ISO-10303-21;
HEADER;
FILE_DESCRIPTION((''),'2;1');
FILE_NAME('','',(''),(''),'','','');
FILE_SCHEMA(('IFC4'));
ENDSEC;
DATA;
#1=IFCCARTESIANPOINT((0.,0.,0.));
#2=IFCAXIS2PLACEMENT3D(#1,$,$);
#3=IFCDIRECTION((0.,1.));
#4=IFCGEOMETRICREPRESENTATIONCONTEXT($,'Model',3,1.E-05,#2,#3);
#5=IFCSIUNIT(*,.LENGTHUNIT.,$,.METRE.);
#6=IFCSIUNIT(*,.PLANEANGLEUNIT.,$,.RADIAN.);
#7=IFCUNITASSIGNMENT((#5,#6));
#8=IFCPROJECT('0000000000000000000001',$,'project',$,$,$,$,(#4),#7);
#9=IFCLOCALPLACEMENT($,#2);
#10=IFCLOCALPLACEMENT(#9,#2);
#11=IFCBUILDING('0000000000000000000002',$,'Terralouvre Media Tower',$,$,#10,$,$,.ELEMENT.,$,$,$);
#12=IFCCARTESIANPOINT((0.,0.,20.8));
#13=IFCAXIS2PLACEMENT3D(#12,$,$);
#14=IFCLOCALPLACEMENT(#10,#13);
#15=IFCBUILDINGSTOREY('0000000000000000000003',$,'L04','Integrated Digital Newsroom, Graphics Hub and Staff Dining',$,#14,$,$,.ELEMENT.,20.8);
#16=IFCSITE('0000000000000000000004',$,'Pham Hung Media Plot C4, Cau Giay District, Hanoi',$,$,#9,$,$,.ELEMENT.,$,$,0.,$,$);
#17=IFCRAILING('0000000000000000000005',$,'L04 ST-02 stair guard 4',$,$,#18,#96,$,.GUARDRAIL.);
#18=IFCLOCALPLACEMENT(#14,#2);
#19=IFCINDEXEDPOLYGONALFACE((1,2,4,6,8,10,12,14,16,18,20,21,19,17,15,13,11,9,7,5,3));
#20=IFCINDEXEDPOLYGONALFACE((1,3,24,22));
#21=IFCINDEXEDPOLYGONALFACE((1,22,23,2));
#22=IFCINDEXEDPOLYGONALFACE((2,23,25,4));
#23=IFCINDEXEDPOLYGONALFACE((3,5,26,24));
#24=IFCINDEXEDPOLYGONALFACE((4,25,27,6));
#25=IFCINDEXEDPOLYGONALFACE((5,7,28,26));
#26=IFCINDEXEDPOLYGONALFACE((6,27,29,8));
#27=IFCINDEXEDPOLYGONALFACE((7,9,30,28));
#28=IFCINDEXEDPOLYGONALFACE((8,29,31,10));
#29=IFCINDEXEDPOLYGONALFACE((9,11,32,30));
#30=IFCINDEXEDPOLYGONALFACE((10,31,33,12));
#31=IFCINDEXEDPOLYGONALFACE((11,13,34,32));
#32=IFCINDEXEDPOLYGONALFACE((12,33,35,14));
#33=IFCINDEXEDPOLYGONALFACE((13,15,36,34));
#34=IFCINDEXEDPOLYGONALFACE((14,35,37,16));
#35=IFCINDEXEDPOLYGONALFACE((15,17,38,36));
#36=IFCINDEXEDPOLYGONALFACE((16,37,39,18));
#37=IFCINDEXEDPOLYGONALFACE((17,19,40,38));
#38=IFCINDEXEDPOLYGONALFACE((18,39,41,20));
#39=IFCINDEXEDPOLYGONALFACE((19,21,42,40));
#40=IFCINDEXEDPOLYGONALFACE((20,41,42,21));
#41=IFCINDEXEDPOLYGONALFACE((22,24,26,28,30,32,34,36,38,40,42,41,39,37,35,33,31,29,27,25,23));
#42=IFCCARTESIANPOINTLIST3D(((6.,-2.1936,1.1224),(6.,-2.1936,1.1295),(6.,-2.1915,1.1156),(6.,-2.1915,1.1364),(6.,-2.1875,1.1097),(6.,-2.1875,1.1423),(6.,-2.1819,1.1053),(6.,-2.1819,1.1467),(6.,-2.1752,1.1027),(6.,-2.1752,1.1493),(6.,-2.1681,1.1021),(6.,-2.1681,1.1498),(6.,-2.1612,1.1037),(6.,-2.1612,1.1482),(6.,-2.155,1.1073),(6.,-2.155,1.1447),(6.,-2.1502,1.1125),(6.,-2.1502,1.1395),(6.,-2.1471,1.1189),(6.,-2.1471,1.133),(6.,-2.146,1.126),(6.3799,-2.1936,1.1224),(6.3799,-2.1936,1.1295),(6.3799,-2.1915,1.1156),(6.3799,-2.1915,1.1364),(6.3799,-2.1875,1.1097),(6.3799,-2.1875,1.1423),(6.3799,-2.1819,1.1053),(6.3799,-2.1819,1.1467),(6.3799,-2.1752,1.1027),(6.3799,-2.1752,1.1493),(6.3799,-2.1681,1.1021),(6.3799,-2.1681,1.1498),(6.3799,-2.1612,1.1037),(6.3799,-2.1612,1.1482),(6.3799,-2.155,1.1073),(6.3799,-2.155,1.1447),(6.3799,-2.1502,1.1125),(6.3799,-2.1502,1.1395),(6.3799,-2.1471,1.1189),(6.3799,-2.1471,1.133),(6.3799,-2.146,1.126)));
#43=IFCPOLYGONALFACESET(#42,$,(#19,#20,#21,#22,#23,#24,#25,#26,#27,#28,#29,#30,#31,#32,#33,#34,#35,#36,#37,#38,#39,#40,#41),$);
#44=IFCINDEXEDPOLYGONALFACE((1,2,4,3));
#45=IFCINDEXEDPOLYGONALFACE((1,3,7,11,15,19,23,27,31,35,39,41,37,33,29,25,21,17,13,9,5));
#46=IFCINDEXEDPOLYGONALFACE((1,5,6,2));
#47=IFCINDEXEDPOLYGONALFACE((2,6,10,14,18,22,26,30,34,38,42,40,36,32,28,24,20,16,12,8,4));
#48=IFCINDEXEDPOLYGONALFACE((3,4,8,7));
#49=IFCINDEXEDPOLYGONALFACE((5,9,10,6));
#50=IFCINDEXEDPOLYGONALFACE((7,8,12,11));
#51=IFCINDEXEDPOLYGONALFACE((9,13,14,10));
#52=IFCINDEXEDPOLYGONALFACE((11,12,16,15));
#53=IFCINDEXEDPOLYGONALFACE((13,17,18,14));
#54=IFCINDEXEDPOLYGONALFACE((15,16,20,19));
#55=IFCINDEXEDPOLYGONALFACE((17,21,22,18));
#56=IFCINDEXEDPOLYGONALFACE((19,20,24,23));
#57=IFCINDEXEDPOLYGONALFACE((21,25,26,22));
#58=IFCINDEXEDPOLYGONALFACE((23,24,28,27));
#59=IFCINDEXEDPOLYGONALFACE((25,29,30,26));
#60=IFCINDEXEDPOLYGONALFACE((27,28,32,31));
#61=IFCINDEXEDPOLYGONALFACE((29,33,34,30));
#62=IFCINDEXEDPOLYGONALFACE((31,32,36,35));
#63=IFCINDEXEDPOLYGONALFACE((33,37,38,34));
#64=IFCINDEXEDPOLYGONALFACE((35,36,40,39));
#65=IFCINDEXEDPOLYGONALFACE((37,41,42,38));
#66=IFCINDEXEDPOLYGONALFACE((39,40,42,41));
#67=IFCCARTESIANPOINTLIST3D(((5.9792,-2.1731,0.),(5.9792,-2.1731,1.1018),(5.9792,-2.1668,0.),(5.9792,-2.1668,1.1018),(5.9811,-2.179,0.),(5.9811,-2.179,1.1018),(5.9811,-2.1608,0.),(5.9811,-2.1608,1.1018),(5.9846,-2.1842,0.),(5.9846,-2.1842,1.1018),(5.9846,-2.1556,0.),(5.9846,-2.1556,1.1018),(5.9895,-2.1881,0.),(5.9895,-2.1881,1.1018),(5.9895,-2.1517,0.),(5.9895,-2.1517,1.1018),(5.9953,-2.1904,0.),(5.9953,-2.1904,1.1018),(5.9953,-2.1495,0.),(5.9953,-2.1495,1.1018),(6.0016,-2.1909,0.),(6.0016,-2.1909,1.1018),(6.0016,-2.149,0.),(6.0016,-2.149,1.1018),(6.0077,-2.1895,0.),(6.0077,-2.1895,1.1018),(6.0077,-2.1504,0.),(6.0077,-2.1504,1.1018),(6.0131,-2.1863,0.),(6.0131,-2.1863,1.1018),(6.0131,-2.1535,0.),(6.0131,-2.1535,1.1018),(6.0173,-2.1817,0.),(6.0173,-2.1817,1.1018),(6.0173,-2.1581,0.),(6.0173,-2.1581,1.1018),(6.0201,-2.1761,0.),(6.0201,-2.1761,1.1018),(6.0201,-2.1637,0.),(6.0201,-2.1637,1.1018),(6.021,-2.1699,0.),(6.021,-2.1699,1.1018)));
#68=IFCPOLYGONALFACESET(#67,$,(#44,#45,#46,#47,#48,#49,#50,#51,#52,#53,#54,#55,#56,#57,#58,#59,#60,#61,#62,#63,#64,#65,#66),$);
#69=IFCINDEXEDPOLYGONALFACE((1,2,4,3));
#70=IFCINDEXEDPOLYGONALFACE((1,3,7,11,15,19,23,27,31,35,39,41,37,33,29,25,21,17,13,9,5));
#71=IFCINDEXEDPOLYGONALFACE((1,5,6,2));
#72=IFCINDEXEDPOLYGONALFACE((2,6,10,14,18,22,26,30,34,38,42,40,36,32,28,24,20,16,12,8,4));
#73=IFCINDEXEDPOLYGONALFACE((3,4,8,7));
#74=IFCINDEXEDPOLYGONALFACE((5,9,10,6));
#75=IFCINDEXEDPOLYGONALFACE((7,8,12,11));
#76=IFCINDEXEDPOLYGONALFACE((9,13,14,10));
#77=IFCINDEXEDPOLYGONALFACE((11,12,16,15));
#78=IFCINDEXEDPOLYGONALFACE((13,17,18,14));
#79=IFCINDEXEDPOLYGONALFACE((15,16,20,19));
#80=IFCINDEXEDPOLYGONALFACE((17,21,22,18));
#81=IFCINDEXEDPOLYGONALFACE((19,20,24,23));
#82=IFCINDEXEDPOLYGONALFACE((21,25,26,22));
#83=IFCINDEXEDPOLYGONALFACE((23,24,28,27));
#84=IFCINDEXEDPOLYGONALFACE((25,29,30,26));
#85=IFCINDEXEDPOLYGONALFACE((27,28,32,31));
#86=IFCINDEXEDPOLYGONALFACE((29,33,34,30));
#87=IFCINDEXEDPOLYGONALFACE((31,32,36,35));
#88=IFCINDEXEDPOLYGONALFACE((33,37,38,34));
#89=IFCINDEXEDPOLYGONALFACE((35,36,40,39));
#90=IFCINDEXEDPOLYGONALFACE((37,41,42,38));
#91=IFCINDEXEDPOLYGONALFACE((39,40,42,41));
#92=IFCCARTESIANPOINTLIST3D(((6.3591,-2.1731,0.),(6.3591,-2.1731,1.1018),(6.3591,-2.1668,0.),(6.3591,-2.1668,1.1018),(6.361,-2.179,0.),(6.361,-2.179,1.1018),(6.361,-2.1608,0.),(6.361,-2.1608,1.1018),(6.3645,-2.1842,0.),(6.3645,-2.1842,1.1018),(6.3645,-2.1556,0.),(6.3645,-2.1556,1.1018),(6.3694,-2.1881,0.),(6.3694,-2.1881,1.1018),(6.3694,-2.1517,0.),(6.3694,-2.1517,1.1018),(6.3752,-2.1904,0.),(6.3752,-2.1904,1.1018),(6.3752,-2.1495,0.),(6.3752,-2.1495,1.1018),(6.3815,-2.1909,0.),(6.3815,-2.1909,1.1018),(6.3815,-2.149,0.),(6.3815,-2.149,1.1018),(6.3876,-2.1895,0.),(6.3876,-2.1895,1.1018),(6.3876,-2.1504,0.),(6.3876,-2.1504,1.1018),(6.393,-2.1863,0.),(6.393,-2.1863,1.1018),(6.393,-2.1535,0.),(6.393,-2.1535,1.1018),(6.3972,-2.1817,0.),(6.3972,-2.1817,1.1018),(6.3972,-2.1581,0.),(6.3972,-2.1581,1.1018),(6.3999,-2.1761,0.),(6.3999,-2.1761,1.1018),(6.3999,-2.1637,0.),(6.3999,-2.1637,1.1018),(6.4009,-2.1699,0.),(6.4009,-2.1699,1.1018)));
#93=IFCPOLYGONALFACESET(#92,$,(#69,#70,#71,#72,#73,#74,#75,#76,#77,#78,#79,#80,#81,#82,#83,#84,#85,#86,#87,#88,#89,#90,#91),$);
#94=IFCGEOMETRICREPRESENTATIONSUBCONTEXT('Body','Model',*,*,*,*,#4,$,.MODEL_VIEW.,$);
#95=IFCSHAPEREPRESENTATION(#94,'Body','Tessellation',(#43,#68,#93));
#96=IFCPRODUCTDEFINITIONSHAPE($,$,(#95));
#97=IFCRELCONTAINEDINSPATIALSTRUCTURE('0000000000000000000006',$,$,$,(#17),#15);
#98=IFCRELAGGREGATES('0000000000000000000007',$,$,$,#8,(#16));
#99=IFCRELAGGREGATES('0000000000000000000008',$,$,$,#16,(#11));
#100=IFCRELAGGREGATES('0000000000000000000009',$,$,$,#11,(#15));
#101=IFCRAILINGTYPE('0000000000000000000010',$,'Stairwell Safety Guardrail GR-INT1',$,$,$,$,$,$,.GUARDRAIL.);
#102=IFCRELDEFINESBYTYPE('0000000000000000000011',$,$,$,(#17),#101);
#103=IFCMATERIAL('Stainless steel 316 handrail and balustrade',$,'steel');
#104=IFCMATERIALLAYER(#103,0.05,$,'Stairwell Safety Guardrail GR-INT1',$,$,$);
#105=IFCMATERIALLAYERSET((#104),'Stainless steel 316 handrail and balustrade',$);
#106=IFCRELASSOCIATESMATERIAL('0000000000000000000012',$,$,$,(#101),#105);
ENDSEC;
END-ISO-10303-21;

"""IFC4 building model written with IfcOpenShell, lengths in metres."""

from ifc_helpers import new_model, si_unit, direction, frame, origin, origin_2d, place, context, subcontext, project, spatial, circle, extrude, material, layer, layer_set, type_object, element, save


model = new_model("IFC4")

# Units and contexts
model_context = context("Model", 3, precision=1e-05, world=origin(), true_north=direction((0.0, 1.0)))
body_context = subcontext(model_context, "Body", "Model", "MODEL_VIEW")
ifc_project = project(units=[si_unit("LENGTHUNIT", "METRE"), si_unit("PLANEANGLEUNIT", "RADIAN")], contexts=[model_context])

# Site, building, storey
site_placement = place(None, origin())
site = spatial("IfcSite", under=ifc_project, at=site_placement, Name="Pham Hung Media Plot C4, Cau Giay District, Hanoi", CompositionType="ELEMENT", RefElevation=0.0)
building_placement = place(site_placement, origin())
building = spatial("IfcBuilding", under=site, at=building_placement, Name="Terralouvre Media Tower", CompositionType="ELEMENT")
storey_placement = place(building_placement, frame((0.0, 0.0, 20.8)))
storey = spatial("IfcBuildingStorey", under=building, at=storey_placement, Name="L04", Description="Integrated Digital Newsroom, Graphics Hub and Staff Dining", CompositionType="ELEMENT", Elevation=20.8)

# Railing
ifc_material_1 = material(Name="Stainless steel 316 handrail and balustrade", Category="steel")
ifc_layer_1 = layer(ifc_material_1, 0.05, Name="Stairwell Safety Guardrail GR-INT1")
ifc_layer_set_1 = layer_set([ifc_layer_1], Name="Stainless steel 316 handrail and balustrade")
railing_type_1 = type_object("IfcRailingType", Name="Stairwell Safety Guardrail GR-INT1", PredefinedType="GUARDRAIL", material=ifc_layer_set_1)
railing_1_placement = place(storey_placement, frame((6.0, -2.1699, 0.0)))
element("IfcRailing", 1, at=railing_1_placement, inside=storey, type_object=railing_type_1, Name="L04 ST-02 stair guard 4", PredefinedType="GUARDRAIL", context=body_context, shape_type="SweptSolid", body=[
    extrude(circle(Radius=0.0239, at=origin_2d()), frame((0.0, 0.0, 1.126), z_axis=(1.0, 0.0, 0.0), x_axis=(0.0, 1.0, 0.0)), (0.0, 0.0, 1.0), 0.3799),
    extrude(circle(Radius=0.021, at=origin_2d()), origin(), (0.0, 0.0, 1.0), 1.1018),
    extrude(circle(Radius=0.021, at=origin_2d()), frame((0.3799, 0.0, 0.0)), (0.0, 0.0, 1.0), 1.1018),
])

save(model, "model.ifc")
